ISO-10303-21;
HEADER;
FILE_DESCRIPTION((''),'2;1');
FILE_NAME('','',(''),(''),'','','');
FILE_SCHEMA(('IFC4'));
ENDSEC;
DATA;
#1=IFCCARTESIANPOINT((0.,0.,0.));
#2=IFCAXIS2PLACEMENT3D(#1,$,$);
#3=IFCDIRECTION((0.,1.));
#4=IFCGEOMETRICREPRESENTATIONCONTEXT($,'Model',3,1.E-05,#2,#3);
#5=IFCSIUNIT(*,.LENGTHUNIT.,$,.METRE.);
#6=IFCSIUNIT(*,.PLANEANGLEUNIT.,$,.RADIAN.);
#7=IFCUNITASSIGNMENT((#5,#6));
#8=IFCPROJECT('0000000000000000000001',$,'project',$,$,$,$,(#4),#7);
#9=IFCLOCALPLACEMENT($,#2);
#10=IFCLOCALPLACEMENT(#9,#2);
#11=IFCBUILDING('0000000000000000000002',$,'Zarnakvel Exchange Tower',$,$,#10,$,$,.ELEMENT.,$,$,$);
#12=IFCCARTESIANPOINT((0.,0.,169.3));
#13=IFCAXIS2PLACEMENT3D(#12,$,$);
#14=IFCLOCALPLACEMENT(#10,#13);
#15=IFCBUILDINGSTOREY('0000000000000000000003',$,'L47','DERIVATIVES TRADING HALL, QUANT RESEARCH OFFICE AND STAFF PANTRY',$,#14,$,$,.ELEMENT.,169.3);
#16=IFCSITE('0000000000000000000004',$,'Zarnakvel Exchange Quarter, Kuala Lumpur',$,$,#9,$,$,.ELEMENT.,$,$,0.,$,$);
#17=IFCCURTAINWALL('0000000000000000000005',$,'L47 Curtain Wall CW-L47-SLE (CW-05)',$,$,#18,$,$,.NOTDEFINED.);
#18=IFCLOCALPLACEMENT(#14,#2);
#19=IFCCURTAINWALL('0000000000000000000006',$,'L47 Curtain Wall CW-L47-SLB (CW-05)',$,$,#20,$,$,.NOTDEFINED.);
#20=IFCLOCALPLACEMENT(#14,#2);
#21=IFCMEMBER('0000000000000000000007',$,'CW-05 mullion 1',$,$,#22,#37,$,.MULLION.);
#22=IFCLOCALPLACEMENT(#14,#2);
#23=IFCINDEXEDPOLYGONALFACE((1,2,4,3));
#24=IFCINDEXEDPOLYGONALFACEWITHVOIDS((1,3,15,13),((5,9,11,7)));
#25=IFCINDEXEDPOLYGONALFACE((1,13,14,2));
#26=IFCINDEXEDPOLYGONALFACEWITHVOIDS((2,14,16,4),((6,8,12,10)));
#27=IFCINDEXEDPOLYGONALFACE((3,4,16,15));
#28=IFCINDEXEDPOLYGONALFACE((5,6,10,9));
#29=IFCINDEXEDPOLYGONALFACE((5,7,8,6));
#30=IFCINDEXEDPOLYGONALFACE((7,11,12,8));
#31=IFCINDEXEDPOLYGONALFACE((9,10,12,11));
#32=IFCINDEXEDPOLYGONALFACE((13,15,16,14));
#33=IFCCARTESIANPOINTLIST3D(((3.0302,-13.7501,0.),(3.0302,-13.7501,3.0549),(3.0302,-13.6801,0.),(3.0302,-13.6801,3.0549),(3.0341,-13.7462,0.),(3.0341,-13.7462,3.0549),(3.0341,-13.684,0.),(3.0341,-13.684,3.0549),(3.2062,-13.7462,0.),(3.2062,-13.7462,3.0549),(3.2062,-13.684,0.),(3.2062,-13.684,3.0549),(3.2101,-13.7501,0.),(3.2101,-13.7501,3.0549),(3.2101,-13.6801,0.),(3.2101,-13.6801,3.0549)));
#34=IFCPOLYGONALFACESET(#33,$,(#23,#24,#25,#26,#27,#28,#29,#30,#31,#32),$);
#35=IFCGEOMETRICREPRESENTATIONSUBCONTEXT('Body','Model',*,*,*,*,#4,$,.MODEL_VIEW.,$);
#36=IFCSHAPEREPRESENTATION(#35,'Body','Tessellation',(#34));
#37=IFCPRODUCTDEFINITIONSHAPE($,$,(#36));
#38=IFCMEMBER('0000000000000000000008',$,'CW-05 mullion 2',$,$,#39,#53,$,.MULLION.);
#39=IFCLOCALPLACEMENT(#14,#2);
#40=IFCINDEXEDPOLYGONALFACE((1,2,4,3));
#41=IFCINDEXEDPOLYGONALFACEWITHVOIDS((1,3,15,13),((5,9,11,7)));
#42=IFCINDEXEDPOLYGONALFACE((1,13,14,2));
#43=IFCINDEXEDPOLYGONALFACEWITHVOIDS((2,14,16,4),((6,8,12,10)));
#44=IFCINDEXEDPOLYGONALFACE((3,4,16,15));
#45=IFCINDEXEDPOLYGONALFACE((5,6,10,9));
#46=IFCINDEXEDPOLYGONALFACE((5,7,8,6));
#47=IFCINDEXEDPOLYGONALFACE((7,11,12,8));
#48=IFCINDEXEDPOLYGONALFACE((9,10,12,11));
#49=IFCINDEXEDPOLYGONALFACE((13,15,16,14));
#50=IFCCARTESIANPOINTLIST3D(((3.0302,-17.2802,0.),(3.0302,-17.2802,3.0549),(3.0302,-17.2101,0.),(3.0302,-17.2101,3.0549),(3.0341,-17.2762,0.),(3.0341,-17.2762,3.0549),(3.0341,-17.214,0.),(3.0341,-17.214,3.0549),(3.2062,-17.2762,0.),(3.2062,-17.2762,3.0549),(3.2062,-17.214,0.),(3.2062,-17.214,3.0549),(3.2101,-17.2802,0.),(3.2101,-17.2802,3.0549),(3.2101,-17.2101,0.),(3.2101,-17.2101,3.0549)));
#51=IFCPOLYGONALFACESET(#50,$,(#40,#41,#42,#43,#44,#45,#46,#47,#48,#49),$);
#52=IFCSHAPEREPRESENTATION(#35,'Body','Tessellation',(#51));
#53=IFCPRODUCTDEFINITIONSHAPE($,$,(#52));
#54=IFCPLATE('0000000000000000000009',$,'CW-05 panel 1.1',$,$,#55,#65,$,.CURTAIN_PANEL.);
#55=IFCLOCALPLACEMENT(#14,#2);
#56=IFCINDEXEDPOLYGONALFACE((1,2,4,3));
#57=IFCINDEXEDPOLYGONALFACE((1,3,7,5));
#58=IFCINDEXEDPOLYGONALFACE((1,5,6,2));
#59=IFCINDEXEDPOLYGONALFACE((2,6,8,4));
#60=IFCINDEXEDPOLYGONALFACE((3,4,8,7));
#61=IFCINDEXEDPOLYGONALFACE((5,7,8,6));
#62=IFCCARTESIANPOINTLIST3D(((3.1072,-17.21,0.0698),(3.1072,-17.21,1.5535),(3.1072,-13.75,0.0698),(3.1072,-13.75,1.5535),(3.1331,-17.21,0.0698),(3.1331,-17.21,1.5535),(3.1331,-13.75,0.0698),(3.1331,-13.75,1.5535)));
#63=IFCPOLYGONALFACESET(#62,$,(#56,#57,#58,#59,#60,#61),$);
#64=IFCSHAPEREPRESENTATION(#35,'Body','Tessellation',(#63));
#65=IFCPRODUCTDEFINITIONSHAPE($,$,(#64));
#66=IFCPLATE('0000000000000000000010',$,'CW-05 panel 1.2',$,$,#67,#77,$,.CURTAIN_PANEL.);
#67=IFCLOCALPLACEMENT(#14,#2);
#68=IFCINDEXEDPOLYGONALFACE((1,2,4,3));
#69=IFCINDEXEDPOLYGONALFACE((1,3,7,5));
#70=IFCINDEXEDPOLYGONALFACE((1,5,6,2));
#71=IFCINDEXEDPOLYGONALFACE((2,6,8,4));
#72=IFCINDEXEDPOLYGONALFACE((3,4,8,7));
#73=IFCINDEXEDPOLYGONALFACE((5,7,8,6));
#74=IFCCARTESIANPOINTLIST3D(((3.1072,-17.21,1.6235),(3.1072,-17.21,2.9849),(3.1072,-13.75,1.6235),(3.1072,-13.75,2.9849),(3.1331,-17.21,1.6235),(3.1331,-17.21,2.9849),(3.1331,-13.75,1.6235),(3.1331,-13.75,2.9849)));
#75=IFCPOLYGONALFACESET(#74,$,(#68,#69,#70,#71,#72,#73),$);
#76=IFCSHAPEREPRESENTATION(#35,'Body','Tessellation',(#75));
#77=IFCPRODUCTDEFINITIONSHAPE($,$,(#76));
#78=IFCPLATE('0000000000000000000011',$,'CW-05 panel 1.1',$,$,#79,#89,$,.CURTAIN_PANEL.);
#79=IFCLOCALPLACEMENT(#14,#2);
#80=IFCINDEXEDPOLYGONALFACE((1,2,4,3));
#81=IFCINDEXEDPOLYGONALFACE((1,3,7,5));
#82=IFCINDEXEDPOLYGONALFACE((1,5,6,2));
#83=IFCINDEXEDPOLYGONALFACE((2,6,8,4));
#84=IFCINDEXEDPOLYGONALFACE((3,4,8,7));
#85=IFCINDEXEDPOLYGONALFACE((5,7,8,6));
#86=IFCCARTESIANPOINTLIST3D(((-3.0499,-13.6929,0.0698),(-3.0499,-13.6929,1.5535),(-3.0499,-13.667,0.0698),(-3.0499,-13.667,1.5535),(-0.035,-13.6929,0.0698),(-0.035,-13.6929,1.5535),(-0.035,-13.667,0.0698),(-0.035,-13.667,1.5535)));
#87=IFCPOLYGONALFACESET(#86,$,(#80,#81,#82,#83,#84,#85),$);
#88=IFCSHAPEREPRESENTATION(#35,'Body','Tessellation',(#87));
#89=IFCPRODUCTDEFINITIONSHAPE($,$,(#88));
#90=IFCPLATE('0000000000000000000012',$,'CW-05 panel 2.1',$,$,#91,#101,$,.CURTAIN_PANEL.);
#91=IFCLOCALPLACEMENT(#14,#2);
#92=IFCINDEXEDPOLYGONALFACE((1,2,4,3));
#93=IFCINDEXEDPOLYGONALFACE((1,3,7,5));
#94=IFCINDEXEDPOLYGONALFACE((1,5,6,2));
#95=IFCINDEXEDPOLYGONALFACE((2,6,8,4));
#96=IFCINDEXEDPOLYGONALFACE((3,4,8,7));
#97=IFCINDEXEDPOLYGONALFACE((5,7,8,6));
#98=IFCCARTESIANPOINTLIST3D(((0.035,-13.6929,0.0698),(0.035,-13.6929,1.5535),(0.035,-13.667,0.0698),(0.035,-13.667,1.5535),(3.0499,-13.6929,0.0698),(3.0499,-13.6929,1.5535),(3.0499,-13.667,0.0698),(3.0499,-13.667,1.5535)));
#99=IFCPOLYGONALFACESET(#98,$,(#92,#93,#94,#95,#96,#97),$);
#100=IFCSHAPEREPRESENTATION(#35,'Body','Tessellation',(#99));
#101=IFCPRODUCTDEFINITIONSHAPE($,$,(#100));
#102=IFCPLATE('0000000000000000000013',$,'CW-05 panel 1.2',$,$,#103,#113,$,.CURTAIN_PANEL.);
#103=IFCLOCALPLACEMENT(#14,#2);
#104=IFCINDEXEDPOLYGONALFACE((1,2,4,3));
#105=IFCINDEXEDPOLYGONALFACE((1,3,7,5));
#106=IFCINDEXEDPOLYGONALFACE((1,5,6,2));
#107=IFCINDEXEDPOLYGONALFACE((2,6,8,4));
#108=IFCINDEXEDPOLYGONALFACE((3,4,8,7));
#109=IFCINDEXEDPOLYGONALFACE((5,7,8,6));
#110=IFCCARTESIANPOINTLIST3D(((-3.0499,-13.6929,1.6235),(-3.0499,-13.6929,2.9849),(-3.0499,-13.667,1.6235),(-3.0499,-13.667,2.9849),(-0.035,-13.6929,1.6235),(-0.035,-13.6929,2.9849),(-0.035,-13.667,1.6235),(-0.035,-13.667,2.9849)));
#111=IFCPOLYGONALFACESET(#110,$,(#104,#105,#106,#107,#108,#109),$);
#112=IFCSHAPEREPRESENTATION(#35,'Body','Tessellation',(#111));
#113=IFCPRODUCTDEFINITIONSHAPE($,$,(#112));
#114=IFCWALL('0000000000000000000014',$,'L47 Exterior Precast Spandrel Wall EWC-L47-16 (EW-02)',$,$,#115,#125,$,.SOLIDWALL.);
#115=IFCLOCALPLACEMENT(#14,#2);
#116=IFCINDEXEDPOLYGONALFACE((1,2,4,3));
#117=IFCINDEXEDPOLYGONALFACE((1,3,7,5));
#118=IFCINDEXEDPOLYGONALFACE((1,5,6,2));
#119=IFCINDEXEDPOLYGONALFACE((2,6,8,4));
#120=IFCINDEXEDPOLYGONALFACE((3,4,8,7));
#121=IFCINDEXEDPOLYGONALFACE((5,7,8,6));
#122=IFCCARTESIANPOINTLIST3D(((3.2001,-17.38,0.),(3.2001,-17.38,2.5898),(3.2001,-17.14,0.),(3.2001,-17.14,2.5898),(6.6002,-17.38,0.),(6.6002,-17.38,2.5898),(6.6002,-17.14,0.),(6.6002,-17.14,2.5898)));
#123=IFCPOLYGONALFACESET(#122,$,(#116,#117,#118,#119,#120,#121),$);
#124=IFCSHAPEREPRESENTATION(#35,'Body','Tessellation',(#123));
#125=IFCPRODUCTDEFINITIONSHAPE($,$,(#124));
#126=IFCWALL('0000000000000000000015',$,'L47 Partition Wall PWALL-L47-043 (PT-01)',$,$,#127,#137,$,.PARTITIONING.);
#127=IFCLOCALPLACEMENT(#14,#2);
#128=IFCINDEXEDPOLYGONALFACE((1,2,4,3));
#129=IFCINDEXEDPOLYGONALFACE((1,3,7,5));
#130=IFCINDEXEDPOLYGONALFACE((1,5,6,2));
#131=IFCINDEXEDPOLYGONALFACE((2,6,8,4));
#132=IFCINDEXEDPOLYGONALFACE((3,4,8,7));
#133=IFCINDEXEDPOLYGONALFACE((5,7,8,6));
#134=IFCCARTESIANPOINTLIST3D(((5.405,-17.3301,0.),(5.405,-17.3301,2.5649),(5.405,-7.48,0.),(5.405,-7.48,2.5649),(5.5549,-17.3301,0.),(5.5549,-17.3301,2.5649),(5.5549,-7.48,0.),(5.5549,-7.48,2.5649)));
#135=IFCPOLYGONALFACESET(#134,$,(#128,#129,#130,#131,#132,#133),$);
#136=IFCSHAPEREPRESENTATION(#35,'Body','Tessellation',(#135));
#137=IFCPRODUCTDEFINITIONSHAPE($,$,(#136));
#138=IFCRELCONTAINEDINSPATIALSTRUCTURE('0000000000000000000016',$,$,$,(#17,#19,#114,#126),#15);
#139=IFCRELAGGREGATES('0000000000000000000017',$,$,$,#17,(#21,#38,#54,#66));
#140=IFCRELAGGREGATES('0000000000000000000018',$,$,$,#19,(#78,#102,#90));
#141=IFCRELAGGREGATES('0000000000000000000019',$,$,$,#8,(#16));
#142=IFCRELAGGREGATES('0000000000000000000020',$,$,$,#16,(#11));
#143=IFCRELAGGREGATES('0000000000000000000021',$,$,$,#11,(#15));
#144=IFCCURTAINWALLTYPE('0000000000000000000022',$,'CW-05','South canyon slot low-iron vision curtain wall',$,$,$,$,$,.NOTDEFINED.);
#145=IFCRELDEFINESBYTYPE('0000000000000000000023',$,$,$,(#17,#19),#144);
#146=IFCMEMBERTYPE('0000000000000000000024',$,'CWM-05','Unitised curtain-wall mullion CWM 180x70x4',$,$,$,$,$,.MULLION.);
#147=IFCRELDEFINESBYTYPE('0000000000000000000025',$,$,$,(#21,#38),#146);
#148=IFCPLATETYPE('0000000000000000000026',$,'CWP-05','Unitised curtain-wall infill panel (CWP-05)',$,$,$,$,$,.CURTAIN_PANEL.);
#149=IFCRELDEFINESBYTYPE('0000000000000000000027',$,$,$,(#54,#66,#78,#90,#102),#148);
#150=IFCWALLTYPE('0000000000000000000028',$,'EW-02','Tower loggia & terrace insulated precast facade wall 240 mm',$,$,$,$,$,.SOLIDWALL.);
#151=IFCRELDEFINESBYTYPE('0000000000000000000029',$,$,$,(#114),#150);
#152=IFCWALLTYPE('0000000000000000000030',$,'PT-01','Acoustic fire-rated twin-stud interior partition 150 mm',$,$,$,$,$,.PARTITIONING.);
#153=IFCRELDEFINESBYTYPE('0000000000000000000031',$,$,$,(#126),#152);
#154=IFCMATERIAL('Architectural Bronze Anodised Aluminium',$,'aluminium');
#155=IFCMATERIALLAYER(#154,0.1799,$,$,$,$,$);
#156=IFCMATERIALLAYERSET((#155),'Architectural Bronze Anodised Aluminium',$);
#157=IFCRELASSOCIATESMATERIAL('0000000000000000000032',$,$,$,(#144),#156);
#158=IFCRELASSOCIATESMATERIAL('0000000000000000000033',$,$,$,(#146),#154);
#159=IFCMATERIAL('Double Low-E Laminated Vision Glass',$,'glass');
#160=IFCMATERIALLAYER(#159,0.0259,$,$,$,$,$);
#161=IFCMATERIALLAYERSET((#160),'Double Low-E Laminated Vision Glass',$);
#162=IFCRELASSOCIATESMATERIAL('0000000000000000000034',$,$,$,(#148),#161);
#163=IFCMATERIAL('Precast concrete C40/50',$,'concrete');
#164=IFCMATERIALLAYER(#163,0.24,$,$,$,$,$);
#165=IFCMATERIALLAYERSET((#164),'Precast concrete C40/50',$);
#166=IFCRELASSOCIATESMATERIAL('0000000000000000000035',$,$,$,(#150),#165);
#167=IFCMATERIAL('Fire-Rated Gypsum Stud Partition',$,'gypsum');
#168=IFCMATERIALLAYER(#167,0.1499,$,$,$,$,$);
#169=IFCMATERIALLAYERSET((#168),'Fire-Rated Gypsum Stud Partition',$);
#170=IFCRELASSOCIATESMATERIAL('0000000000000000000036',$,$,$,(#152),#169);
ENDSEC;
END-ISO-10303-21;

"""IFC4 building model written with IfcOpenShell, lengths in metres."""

from ifc_helpers import new_model, si_unit, direction, frame, frame_2d, origin, origin_2d, place, context, subcontext, project, spatial, rectangle, hollow_rectangle, extrude, source, transform, mapped, material, layer, layer_set, material_profile, profile_set, type_object, element, aggregate, save


model = new_model("IFC4")

# Units and contexts
model_context = context("Model", 3, precision=1e-05, world=origin(), true_north=direction((0.0, 1.0)))
body_context = subcontext(model_context, "Body", "Model", "MODEL_VIEW")
ifc_project = project(units=[si_unit("LENGTHUNIT", "METRE"), si_unit("PLANEANGLEUNIT", "RADIAN")], contexts=[model_context])

# Site, building, storey
site_placement = place(None, origin())
site = spatial("IfcSite", under=ifc_project, at=site_placement, Name="Zarnakvel Exchange Quarter, Kuala Lumpur", CompositionType="ELEMENT", RefElevation=0.0)
building_placement = place(site_placement, origin())
building = spatial("IfcBuilding", under=site, at=building_placement, Name="Zarnakvel Exchange Tower", CompositionType="ELEMENT")
storey_placement = place(building_placement, frame((0.0, 0.0, 169.3)))
storey = spatial("IfcBuildingStorey", under=building, at=storey_placement, Name="L47", Description="DERIVATIVES TRADING HALL, QUANT RESEARCH OFFICE AND STAFF PANTRY", CompositionType="ELEMENT", Elevation=169.3)

# Curtain walls
ifc_material_1 = material(Name="Architectural Bronze Anodised Aluminium", Category="aluminium")
ifc_layer_1 = layer(ifc_material_1, 0.1799)
ifc_layer_set_1 = layer_set([ifc_layer_1], Name="Architectural Bronze Anodised Aluminium")
curtain_wall_type = type_object("IfcCurtainWallType", Name="CW-05", Description="South canyon slot low-iron vision curtain wall", PredefinedType="NOTDEFINED", material=ifc_layer_set_1)
curtain_wall_1_placement = place(storey_placement, origin())
curtain_wall_1 = element("IfcCurtainWall", 1, at=curtain_wall_1_placement, inside=storey, type_object=curtain_wall_type, Name="L47 Curtain Wall CW-L47-SLE (CW-05)", PredefinedType="NOTDEFINED")
curtain_wall_2_placement = place(storey_placement, origin())
curtain_wall_2 = element("IfcCurtainWall", 2, at=curtain_wall_2_placement, inside=storey, type_object=curtain_wall_type, Name="L47 Curtain Wall CW-L47-SLB (CW-05)", PredefinedType="NOTDEFINED")
ifc_material_profile_1 = material_profile(ifc_material_1, hollow_rectangle(XDim=0.1799, YDim=0.0701, WallThickness=0.0039, at=origin_2d()))
ifc_profile_set_1 = profile_set([ifc_material_profile_1], Name="Architectural Bronze Anodised Aluminium")
member_type_1 = type_object("IfcMemberType", Name="CWM-05", Description="Unitised curtain-wall mullion CWM 180x70x4", PredefinedType="MULLION", material=ifc_profile_set_1)
shared_shape_1 = source(origin(), body_context, "Body", "SweptSolid", [
    extrude(hollow_rectangle(XDim=0.1799, YDim=0.0701, WallThickness=0.0039, at=origin_2d()), origin(), (0.0, 0.0, 1.0), 3.0549),
])

# Members
member_1_placement = place(storey_placement, frame((3.1201, -13.7151, 0.0), z_axis=(0.0, 0.0, 1.0), x_axis=(1.0, 0.0, 0.0)))
member_1 = element("IfcMember", 3, at=member_1_placement, type_object=member_type_1, Name="CW-05 mullion 1", PredefinedType="MULLION", context=body_context, shape_type="MappedRepresentation", body=[
    mapped(shared_shape_1, transform((0.0, 0.0, 0.0), x_axis=(1.0, 0.0, 0.0), y_axis=(0.0, 1.0, 0.0), z_axis=(0.0, 0.0, 1.0), scale=1.0)),
])
member_2_placement = place(storey_placement, frame((3.1201, -17.2451, 0.0), z_axis=(0.0, 0.0, 1.0), x_axis=(1.0, 0.0, 0.0)))
member_2 = element("IfcMember", 4, at=member_2_placement, type_object=member_type_1, Name="CW-05 mullion 2", PredefinedType="MULLION", context=body_context, shape_type="MappedRepresentation", body=[
    mapped(shared_shape_1, transform((0.0, 0.0, 0.0), x_axis=(1.0, 0.0, 0.0), y_axis=(0.0, 1.0, 0.0), z_axis=(0.0, 0.0, 1.0), scale=1.0)),
])

# Plates
ifc_material_2 = material(Name="Double Low-E Laminated Vision Glass", Category="glass")
ifc_layer_2 = layer(ifc_material_2, 0.0259)
ifc_layer_set_2 = layer_set([ifc_layer_2], Name="Double Low-E Laminated Vision Glass")
plate_type = type_object("IfcPlateType", Name="CWP-05", Description="Unitised curtain-wall infill panel (CWP-05)", PredefinedType="CURTAIN_PANEL", material=ifc_layer_set_2)
shared_shape_2 = source(origin(), body_context, "Body", "SweptSolid", [
    extrude(rectangle(XDim=3.46, YDim=0.0259, at=origin_2d()), origin(), (0.0, 0.0, 1.0), 1.4836),
])
plate_1_placement = place(storey_placement, frame((3.1201, -15.48, 0.0698), z_axis=(0.0, 0.0, 1.0), x_axis=(0.0, -1.0, 0.0)))
plate_1 = element("IfcPlate", 5, at=plate_1_placement, type_object=plate_type, Name="CW-05 panel 1.1", PredefinedType="CURTAIN_PANEL", context=body_context, shape_type="MappedRepresentation", body=[
    mapped(shared_shape_2, transform((0.0, 0.0, 0.0), x_axis=(1.0, 0.0, 0.0), y_axis=(0.0, 1.0, 0.0), z_axis=(0.0, 0.0, 1.0), scale=1.0)),
])
shared_shape_3 = source(origin(), body_context, "Body", "SweptSolid", [
    extrude(rectangle(XDim=3.46, YDim=0.0259, at=origin_2d()), origin(), (0.0, 0.0, 1.0), 1.3613),
])
plate_2_placement = place(storey_placement, frame((3.1201, -15.48, 1.6235), z_axis=(0.0, 0.0, 1.0), x_axis=(0.0, -1.0, 0.0)))
plate_2 = element("IfcPlate", 6, at=plate_2_placement, type_object=plate_type, Name="CW-05 panel 1.2", PredefinedType="CURTAIN_PANEL", context=body_context, shape_type="MappedRepresentation", body=[
    mapped(shared_shape_3, transform((0.0, 0.0, 0.0), x_axis=(1.0, 0.0, 0.0), y_axis=(0.0, 1.0, 0.0), z_axis=(0.0, 0.0, 1.0), scale=1.0)),
])
aggregate(curtain_wall_1, [member_1, member_2, plate_1, plate_2])
shared_shape_4 = source(origin(), body_context, "Body", "SweptSolid", [
    extrude(rectangle(XDim=3.0149, YDim=0.0259, at=origin_2d()), origin(), (0.0, 0.0, 1.0), 1.4836),
])
plate_3_placement = place(storey_placement, frame((-1.5425, -13.6799, 0.0698), z_axis=(0.0, 0.0, 1.0), x_axis=(1.0, 0.0, 0.0)))
plate_3 = element("IfcPlate", 7, at=plate_3_placement, type_object=plate_type, Name="CW-05 panel 1.1", PredefinedType="CURTAIN_PANEL", context=body_context, shape_type="MappedRepresentation", body=[
    mapped(shared_shape_4, transform((0.0, 0.0, 0.0), x_axis=(1.0, 0.0, 0.0), y_axis=(0.0, 1.0, 0.0), z_axis=(0.0, 0.0, 1.0), scale=1.0)),
])
plate_4_placement = place(storey_placement, frame((1.5425, -13.6799, 0.0698), z_axis=(0.0, 0.0, 1.0), x_axis=(1.0, 0.0, 0.0)))
plate_4 = element("IfcPlate", 8, at=plate_4_placement, type_object=plate_type, Name="CW-05 panel 2.1", PredefinedType="CURTAIN_PANEL", context=body_context, shape_type="MappedRepresentation", body=[
    mapped(shared_shape_4, transform((0.0, 0.0, 0.0), x_axis=(1.0, 0.0, 0.0), y_axis=(0.0, 1.0, 0.0), z_axis=(0.0, 0.0, 1.0), scale=1.0)),
])
shared_shape_5 = source(origin(), body_context, "Body", "SweptSolid", [
    extrude(rectangle(XDim=3.0149, YDim=0.0259, at=origin_2d()), origin(), (0.0, 0.0, 1.0), 1.3613),
])
plate_5_placement = place(storey_placement, frame((-1.5425, -13.6799, 1.6235), z_axis=(0.0, 0.0, 1.0), x_axis=(1.0, 0.0, 0.0)))
plate_5 = element("IfcPlate", 9, at=plate_5_placement, type_object=plate_type, Name="CW-05 panel 1.2", PredefinedType="CURTAIN_PANEL", context=body_context, shape_type="MappedRepresentation", body=[
    mapped(shared_shape_5, transform((0.0, 0.0, 0.0), x_axis=(1.0, 0.0, 0.0), y_axis=(0.0, 1.0, 0.0), z_axis=(0.0, 0.0, 1.0), scale=1.0)),
])
aggregate(curtain_wall_2, [plate_3, plate_5, plate_4])

# Walls
ifc_material_3 = material(Name="Precast concrete C40/50", Category="concrete")
ifc_layer_3 = layer(ifc_material_3, 0.24)
ifc_layer_set_3 = layer_set([ifc_layer_3], Name="Precast concrete C40/50")
wall_type_1 = type_object("IfcWallType", Name="EW-02", Description="Tower loggia & terrace insulated precast facade wall 240 mm", PredefinedType="SOLIDWALL", material=ifc_layer_set_3)
wall_1_placement = place(storey_placement, frame((3.2, -17.26, 0.0), z_axis=(0.0, 0.0, 1.0), x_axis=(1.0, 0.0, 0.0)))
element("IfcWall", 10, at=wall_1_placement, inside=storey, type_object=wall_type_1, Name="L47 Exterior Precast Spandrel Wall EWC-L47-16 (EW-02)", PredefinedType="SOLIDWALL", context=body_context, shape_type="SweptSolid", body=[
    extrude(rectangle(XDim=3.4001, YDim=0.24, at=frame_2d((1.7002, 0.0))), origin(), (0.0, 0.0, 1.0), 2.5898),
])
ifc_material_4 = material(Name="Fire-Rated Gypsum Stud Partition", Category="gypsum")
ifc_layer_4 = layer(ifc_material_4, 0.1499)
ifc_layer_set_4 = layer_set([ifc_layer_4], Name="Fire-Rated Gypsum Stud Partition")
wall_type_2 = type_object("IfcWallType", Name="PT-01", Description="Acoustic fire-rated twin-stud interior partition 150 mm", PredefinedType="PARTITIONING", material=ifc_layer_set_4)
wall_2_placement = place(storey_placement, frame((5.48, -17.3301, 0.0), z_axis=(0.0, 0.0, 1.0), x_axis=(0.0, 1.0, 0.0)))
element("IfcWall", 11, at=wall_2_placement, inside=storey, type_object=wall_type_2, Name="L47 Partition Wall PWALL-L47-043 (PT-01)", PredefinedType="PARTITIONING", context=body_context, shape_type="SweptSolid", body=[
    extrude(rectangle(XDim=9.8501, YDim=0.1499, at=frame_2d((4.925, 0.0))), origin(), (0.0, 0.0, 1.0), 2.5649),
])

save(model, "model.ifc")
